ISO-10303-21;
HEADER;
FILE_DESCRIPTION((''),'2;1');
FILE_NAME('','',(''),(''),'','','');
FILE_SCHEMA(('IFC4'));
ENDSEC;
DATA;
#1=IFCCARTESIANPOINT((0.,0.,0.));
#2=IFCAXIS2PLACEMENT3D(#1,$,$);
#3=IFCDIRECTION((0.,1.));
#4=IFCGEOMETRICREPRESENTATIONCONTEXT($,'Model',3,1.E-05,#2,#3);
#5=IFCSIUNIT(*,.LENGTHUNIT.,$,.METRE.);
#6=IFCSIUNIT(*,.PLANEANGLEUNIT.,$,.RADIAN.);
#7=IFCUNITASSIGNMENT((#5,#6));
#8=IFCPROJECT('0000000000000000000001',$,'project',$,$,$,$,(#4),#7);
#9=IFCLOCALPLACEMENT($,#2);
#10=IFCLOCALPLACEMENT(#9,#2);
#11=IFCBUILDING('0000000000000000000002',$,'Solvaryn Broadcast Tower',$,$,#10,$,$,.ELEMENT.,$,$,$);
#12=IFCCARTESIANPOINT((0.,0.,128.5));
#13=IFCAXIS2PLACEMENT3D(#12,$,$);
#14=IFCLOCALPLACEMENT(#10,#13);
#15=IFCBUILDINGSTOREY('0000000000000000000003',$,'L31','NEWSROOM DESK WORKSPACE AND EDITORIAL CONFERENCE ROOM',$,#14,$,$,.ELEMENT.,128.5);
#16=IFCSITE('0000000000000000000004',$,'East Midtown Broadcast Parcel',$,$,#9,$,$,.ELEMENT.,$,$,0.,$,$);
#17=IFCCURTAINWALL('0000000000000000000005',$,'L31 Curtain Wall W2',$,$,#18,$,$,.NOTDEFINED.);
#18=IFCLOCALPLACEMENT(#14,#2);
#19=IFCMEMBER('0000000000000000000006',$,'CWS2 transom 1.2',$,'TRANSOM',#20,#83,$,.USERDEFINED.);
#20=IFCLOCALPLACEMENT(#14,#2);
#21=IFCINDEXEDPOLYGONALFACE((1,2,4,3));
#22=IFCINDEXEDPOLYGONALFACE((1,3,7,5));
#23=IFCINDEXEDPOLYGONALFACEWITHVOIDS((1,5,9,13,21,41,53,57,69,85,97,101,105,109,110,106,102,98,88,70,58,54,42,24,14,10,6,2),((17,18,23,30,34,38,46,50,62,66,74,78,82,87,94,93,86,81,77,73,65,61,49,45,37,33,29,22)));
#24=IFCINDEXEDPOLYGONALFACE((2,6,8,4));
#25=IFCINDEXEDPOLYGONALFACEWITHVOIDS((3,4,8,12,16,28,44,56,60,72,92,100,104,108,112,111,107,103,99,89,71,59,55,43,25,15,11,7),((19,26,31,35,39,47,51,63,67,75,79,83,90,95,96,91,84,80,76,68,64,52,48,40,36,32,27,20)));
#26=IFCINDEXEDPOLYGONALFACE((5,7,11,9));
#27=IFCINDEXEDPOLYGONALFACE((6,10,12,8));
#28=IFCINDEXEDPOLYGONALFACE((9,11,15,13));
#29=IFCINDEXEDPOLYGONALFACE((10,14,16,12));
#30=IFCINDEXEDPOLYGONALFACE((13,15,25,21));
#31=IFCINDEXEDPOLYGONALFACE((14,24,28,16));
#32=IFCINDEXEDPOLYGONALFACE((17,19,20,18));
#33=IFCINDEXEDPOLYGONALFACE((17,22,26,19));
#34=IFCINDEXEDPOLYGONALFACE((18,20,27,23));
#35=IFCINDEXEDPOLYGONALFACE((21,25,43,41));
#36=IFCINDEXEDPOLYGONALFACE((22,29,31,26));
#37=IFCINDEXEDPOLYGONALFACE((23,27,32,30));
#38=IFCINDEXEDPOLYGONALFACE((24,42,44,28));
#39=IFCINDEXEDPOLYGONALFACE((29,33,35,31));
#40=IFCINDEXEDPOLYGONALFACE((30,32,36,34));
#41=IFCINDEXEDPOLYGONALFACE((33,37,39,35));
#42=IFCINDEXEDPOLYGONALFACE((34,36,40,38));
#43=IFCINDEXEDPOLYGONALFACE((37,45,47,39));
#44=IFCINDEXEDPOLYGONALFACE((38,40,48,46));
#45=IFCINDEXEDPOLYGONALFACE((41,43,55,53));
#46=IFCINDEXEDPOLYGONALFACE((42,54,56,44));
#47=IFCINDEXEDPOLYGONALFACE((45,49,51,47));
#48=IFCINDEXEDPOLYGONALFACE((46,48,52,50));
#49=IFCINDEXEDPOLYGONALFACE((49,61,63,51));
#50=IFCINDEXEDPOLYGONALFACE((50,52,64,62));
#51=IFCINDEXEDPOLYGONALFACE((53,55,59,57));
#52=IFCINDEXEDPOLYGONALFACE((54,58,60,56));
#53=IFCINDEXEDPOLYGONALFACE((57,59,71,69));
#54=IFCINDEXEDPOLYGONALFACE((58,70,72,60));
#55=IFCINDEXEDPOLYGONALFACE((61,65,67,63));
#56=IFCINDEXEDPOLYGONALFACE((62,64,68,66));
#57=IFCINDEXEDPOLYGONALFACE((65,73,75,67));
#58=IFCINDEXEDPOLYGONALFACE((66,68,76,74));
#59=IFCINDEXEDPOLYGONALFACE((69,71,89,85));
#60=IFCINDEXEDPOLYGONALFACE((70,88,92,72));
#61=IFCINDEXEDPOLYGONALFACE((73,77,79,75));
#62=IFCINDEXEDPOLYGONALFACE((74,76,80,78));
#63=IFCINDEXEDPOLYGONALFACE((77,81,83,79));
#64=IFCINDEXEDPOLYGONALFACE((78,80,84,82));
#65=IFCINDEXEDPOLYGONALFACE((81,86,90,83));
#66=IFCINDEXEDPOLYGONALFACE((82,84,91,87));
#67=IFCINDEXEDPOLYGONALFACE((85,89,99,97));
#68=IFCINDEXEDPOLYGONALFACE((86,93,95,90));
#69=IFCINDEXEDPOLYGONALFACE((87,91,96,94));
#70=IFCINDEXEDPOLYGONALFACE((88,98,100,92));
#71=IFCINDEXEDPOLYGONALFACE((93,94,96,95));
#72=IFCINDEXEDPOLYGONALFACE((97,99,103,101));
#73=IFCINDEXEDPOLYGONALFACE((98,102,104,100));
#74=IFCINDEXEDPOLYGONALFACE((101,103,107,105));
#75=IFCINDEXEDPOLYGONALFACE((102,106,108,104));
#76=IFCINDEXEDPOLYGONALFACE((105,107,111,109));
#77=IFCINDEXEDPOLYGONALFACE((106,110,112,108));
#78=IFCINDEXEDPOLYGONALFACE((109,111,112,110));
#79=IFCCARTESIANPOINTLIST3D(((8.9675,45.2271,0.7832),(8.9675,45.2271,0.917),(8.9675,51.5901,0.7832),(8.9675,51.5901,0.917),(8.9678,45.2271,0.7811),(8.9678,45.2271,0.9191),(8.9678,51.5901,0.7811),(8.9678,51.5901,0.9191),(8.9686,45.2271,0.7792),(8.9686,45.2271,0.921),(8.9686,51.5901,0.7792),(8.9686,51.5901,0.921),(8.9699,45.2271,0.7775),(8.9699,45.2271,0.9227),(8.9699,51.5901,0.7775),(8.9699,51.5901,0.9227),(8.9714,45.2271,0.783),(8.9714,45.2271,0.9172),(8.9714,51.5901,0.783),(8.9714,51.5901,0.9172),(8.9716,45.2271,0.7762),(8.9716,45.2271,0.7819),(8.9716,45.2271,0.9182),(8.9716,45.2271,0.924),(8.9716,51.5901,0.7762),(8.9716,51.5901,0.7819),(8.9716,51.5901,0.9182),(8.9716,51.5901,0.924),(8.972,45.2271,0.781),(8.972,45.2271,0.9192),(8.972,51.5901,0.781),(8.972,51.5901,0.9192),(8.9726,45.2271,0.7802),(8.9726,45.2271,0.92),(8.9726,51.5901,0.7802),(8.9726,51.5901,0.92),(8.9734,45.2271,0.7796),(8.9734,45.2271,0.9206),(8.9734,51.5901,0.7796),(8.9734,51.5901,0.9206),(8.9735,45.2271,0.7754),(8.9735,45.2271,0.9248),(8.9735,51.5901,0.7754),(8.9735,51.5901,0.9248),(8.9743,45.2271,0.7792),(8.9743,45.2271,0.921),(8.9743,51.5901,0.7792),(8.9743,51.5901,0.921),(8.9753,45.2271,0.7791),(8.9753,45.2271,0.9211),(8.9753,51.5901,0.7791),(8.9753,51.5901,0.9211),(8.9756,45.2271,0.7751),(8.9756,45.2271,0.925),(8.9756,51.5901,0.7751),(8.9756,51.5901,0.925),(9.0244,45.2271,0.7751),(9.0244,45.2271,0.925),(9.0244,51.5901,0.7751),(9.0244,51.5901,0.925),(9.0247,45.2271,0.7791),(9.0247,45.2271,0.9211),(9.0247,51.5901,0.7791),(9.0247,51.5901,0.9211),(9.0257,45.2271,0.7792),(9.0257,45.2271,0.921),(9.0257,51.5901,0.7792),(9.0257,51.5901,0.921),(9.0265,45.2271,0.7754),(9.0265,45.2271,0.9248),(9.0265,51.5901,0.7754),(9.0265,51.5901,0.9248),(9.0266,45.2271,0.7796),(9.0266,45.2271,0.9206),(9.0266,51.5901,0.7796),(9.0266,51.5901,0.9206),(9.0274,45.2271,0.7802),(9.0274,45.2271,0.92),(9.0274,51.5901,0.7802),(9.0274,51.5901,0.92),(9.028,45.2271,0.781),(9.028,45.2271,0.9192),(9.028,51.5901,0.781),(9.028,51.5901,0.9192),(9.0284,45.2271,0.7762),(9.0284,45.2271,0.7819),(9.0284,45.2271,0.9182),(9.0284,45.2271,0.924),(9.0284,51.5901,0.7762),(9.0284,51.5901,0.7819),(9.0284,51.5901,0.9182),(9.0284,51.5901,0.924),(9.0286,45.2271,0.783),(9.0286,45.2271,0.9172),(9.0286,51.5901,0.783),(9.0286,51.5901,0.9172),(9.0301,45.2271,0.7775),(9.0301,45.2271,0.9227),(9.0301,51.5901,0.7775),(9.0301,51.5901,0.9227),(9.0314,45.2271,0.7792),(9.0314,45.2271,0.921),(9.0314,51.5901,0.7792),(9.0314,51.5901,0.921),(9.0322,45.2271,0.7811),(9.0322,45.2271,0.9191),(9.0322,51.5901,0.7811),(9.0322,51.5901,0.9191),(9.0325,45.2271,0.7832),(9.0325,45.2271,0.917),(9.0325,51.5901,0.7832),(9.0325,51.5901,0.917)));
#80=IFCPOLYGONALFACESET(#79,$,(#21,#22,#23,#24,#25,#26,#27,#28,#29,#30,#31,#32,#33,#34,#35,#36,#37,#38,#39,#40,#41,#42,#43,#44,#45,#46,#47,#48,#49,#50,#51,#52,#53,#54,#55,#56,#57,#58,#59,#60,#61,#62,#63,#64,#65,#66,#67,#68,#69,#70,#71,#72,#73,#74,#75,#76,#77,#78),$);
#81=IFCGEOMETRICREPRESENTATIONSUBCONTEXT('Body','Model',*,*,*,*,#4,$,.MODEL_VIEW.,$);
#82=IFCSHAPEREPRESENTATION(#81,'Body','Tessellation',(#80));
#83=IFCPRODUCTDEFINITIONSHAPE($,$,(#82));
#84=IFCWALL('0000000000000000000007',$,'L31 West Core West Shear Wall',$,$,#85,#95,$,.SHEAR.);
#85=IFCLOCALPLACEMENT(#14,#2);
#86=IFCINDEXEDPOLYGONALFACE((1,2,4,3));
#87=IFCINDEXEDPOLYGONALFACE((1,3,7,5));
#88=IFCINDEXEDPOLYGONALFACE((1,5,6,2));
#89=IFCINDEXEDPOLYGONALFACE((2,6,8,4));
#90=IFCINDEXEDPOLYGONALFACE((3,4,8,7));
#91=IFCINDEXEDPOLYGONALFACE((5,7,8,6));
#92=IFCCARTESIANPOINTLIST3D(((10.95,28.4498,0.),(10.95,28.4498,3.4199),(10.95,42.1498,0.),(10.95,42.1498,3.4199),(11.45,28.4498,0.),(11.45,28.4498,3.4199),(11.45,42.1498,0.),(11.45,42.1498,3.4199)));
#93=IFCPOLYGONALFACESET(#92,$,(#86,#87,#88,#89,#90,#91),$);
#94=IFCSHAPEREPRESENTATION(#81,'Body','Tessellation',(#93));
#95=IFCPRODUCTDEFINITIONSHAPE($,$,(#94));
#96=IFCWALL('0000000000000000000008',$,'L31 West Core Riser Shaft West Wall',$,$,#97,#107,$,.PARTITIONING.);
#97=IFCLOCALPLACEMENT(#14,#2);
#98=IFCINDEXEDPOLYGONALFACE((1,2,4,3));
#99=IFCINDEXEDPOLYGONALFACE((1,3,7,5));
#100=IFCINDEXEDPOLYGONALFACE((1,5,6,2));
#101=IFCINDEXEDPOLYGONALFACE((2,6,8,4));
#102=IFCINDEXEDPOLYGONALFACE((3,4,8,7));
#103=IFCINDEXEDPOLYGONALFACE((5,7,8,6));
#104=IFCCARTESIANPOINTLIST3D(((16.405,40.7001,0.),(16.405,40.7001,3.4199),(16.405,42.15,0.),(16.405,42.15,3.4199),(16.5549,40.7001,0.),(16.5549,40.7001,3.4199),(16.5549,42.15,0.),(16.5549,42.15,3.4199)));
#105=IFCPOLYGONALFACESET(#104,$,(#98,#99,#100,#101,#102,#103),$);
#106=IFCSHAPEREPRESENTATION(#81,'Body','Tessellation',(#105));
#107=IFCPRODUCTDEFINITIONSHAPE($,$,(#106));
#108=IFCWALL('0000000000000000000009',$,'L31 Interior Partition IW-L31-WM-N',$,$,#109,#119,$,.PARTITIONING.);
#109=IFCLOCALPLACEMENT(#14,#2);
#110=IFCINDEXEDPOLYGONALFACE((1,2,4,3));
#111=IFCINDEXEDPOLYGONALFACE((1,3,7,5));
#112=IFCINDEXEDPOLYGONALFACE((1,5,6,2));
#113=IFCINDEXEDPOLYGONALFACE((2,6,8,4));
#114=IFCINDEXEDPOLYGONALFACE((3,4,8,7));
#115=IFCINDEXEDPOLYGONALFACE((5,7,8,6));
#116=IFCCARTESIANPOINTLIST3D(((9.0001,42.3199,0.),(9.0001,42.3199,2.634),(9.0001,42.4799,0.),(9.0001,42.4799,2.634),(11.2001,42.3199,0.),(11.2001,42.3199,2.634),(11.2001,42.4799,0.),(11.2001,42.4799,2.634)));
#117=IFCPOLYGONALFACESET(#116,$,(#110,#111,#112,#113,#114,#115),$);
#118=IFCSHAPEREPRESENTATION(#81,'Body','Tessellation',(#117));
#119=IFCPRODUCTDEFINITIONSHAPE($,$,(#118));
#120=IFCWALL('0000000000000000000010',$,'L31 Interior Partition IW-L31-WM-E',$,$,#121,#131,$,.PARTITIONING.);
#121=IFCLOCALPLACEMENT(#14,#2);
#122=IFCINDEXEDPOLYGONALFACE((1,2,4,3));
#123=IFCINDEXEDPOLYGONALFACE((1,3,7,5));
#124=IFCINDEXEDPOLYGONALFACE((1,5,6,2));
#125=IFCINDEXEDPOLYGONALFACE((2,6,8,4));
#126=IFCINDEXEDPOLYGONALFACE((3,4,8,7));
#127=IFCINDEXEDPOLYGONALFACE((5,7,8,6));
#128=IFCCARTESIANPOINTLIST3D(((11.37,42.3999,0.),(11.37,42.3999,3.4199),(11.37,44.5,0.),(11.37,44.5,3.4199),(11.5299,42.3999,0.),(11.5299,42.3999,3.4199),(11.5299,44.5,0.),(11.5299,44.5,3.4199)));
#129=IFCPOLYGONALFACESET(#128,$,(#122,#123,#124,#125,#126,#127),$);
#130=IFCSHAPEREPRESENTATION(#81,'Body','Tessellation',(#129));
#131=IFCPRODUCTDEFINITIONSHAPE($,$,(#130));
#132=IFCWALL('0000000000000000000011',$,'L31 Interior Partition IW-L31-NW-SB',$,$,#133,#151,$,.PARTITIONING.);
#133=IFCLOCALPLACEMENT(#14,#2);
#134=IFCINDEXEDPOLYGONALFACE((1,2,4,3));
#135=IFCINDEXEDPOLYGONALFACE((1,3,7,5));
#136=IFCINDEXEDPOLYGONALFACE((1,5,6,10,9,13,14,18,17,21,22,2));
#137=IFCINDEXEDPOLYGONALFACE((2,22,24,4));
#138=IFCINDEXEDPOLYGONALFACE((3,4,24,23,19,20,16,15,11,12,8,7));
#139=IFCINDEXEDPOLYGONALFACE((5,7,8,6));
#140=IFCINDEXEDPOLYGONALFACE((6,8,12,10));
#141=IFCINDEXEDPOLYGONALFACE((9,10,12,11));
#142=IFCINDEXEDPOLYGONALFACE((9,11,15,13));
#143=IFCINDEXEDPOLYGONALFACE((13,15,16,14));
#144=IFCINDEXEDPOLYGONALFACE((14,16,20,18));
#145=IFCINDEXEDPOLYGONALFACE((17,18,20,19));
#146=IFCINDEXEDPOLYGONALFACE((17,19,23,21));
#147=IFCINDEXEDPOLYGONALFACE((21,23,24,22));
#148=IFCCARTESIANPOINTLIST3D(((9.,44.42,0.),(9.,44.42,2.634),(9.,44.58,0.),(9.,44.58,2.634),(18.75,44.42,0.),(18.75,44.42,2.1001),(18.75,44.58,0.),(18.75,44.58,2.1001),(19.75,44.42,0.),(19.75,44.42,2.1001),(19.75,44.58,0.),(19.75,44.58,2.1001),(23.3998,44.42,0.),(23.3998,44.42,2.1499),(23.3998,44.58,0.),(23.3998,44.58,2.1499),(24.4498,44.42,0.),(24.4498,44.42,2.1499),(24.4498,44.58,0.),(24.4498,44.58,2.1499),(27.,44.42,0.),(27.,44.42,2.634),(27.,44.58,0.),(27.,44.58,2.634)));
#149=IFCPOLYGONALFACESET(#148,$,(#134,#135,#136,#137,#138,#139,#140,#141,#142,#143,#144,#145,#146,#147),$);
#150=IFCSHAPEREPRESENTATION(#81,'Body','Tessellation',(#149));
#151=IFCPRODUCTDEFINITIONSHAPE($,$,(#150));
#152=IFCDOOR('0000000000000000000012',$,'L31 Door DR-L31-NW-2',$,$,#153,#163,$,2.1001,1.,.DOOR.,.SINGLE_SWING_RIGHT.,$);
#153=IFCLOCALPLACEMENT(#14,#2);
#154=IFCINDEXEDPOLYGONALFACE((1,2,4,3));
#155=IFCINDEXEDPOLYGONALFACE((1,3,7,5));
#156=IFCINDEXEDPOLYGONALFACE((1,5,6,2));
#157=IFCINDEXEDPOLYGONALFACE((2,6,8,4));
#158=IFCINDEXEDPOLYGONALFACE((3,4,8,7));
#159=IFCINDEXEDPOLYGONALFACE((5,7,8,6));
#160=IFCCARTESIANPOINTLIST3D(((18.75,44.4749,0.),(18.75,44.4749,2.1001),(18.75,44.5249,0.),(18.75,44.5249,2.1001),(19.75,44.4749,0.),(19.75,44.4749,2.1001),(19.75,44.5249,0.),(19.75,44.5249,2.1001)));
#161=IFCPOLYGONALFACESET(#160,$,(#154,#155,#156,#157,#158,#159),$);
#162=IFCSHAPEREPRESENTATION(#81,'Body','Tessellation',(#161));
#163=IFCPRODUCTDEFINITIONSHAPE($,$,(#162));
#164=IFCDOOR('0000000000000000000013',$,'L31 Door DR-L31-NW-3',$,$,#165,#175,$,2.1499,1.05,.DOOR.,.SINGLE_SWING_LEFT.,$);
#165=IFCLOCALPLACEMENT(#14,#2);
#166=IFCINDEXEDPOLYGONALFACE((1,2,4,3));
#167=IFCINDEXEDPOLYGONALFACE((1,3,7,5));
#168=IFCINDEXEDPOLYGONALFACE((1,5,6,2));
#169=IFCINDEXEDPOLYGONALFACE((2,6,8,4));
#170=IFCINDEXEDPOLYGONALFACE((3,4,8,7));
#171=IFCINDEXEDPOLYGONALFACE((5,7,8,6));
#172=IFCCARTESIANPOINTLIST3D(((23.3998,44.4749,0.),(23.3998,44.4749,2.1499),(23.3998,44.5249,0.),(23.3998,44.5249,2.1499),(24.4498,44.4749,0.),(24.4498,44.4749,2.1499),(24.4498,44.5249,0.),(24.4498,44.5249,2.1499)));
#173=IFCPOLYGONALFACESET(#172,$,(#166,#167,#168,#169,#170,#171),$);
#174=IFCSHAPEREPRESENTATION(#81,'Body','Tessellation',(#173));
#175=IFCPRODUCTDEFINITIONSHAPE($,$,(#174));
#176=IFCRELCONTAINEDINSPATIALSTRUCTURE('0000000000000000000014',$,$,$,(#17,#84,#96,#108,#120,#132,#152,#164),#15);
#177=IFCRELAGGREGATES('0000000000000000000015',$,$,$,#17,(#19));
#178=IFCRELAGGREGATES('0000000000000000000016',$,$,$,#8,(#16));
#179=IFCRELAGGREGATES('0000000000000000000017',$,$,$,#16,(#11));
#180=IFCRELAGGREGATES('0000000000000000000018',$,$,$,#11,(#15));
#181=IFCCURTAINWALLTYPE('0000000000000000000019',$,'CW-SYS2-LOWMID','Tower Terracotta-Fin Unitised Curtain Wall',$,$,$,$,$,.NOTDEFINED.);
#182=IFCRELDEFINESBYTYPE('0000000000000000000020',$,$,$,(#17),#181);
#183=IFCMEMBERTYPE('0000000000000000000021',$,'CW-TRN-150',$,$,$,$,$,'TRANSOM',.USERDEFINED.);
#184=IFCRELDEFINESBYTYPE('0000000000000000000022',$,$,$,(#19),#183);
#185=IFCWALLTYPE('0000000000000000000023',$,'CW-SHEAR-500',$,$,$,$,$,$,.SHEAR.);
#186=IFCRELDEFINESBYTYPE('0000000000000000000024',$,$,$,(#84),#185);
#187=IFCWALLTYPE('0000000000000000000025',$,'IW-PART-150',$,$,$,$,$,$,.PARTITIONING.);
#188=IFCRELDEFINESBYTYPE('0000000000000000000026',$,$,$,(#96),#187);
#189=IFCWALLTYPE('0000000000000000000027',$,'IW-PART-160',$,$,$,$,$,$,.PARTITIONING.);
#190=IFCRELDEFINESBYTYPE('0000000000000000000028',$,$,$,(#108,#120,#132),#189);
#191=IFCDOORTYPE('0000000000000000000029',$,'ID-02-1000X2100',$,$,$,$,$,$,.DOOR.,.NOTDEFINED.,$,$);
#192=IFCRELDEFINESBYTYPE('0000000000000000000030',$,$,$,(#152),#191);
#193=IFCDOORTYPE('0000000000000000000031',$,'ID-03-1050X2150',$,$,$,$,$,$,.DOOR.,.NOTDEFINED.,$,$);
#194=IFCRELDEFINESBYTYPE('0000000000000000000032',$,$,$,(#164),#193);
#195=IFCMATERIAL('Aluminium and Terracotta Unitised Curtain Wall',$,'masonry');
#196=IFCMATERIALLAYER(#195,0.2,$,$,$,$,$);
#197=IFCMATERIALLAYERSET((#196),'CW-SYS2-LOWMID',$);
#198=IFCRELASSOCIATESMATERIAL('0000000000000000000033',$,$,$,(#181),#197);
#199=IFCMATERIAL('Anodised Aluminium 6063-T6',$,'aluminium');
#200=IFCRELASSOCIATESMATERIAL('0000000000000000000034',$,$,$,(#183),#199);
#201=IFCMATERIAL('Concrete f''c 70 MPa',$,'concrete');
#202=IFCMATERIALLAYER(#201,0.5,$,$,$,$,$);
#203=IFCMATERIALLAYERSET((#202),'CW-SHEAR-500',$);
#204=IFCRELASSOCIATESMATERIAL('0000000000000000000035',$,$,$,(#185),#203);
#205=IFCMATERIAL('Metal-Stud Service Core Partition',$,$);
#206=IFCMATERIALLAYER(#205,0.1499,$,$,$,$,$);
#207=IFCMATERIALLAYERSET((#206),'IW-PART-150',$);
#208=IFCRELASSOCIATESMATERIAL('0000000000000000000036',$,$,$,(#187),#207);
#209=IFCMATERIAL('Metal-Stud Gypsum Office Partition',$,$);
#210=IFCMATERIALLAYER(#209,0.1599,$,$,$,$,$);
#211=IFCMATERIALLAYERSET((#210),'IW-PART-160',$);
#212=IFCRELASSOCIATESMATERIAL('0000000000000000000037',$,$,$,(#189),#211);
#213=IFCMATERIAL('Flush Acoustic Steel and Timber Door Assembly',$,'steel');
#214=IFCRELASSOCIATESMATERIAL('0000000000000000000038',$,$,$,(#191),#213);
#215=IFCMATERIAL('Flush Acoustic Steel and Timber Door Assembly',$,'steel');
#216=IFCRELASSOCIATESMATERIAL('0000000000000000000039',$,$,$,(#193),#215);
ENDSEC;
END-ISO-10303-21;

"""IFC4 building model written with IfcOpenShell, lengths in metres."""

from ifc_helpers import new_model, si_unit, direction, frame, frame_2d, origin, origin_2d, place, context, subcontext, project, spatial, rectangle, hollow_rectangle, extrude, material, layer, layer_set, material_profile, profile_set, type_object, element, fill, aggregate, save


model = new_model("IFC4")

# Units and contexts
model_context = context("Model", 3, precision=1e-05, world=origin(), true_north=direction((0.0, 1.0)))
body_context = subcontext(model_context, "Body", "Model", "MODEL_VIEW")
ifc_project = project(units=[si_unit("LENGTHUNIT", "METRE"), si_unit("PLANEANGLEUNIT", "RADIAN")], contexts=[model_context])

# Site, building, storey
site_placement = place(None, origin())
site = spatial("IfcSite", under=ifc_project, at=site_placement, Name="East Midtown Broadcast Parcel", CompositionType="ELEMENT", RefElevation=0.0)
building_placement = place(site_placement, origin())
building = spatial("IfcBuilding", under=site, at=building_placement, Name="Solvaryn Broadcast Tower", CompositionType="ELEMENT")
storey_placement = place(building_placement, frame((0.0, 0.0, 128.5)))
storey = spatial("IfcBuildingStorey", under=building, at=storey_placement, Name="L31", Description="NEWSROOM DESK WORKSPACE AND EDITORIAL CONFERENCE ROOM", CompositionType="ELEMENT", Elevation=128.5)

# Curtain wall
ifc_material_1 = material(Name="Aluminium and Terracotta Unitised Curtain Wall", Category="masonry")
ifc_layer_1 = layer(ifc_material_1, 0.2)
ifc_layer_set_1 = layer_set([ifc_layer_1], Name="CW-SYS2-LOWMID")
curtain_wall_type = type_object("IfcCurtainWallType", Name="CW-SYS2-LOWMID", Description="Tower Terracotta-Fin Unitised Curtain Wall", PredefinedType="NOTDEFINED", material=ifc_layer_set_1)
curtain_wall_1_placement = place(storey_placement, origin())
curtain_wall_1 = element("IfcCurtainWall", 1, at=curtain_wall_1_placement, inside=storey, type_object=curtain_wall_type, Name="L31 Curtain Wall W2", PredefinedType="NOTDEFINED")

# Member
ifc_material_2 = material(Name="Anodised Aluminium 6063-T6", Category="aluminium")
ifc_material_profile_1 = material_profile(ifc_material_2, hollow_rectangle(XDim=0.0649, YDim=0.1499, WallThickness=0.0039, InnerFilletRadius=0.0039, OuterFilletRadius=0.0081, at=origin_2d()))
ifc_profile_set_1 = profile_set([ifc_material_profile_1], Name="Anodised Aluminium 6063-T6")
member_type_1 = type_object("IfcMemberType", Name="CW-TRN-150", ElementType="TRANSOM", PredefinedType="USERDEFINED", material=ifc_profile_set_1)
member_1_placement = place(storey_placement, frame((9.0, 45.2271, 0.8501), z_axis=(0.0, 1.0, 0.0), x_axis=(-1.0, 0.0, 0.0)))
member_1 = element("IfcMember", 2, at=member_1_placement, type_object=member_type_1, Name="CWS2 transom 1.2", ObjectType="TRANSOM", PredefinedType="USERDEFINED", context=body_context, shape_type="SweptSolid", body=[
    extrude(hollow_rectangle(XDim=0.0649, YDim=0.1499, WallThickness=0.0039, InnerFilletRadius=0.0039, OuterFilletRadius=0.0081, at=origin_2d()), origin(), (0.0, 0.0, 1.0), 6.363),
])
aggregate(curtain_wall_1, [member_1])

# Walls
ifc_material_3 = material(Name="Concrete f'c 70 MPa", Category="concrete")
ifc_layer_2 = layer(ifc_material_3, 0.5)
ifc_layer_set_2 = layer_set([ifc_layer_2], Name="CW-SHEAR-500")
wall_type_1 = type_object("IfcWallType", Name="CW-SHEAR-500", PredefinedType="SHEAR", material=ifc_layer_set_2)
wall_1_placement = place(storey_placement, frame((11.2, 42.1499, 0.0), z_axis=(0.0, 0.0, 1.0), x_axis=(0.0, -1.0, 0.0)))
element("IfcWall", 3, at=wall_1_placement, inside=storey, type_object=wall_type_1, Name="L31 West Core West Shear Wall", PredefinedType="SHEAR", context=body_context, shape_type="SweptSolid", body=[
    extrude(rectangle(XDim=13.7, YDim=0.5, at=frame_2d((6.8501, 0.0))), origin(), (0.0, 0.0, 1.0), 3.4199),
])
ifc_material_4 = material(Name="Metal-Stud Service Core Partition")
ifc_layer_3 = layer(ifc_material_4, 0.1499)
ifc_layer_set_3 = layer_set([ifc_layer_3], Name="IW-PART-150")
wall_type_2 = type_object("IfcWallType", Name="IW-PART-150", PredefinedType="PARTITIONING", material=ifc_layer_set_3)
wall_2_placement = place(storey_placement, frame((16.48, 40.7, 0.0), z_axis=(0.0, 0.0, 1.0), x_axis=(0.0, 1.0, 0.0)))
element("IfcWall", 4, at=wall_2_placement, inside=storey, type_object=wall_type_2, Name="L31 West Core Riser Shaft West Wall", PredefinedType="PARTITIONING", context=body_context, shape_type="SweptSolid", body=[
    extrude(rectangle(XDim=1.45, YDim=0.1499, at=frame_2d((0.7251, 0.0))), origin(), (0.0, 0.0, 1.0), 3.4199),
])
ifc_material_5 = material(Name="Metal-Stud Gypsum Office Partition")
ifc_layer_4 = layer(ifc_material_5, 0.1599)
ifc_layer_set_4 = layer_set([ifc_layer_4], Name="IW-PART-160")
wall_type_3 = type_object("IfcWallType", Name="IW-PART-160", PredefinedType="PARTITIONING", material=ifc_layer_set_4)
wall_3_placement = place(storey_placement, frame((9.0, 42.3999, 0.0), z_axis=(0.0, 0.0, 1.0), x_axis=(1.0, 0.0, 0.0)))
element("IfcWall", 5, at=wall_3_placement, inside=storey, type_object=wall_type_3, Name="L31 Interior Partition IW-L31-WM-N", PredefinedType="PARTITIONING", context=body_context, shape_type="SweptSolid", body=[
    extrude(rectangle(XDim=2.2, YDim=0.1599, at=frame_2d((1.1001, 0.0))), origin(), (0.0, 0.0, 1.0), 2.634),
])
wall_4_placement = place(storey_placement, frame((11.45, 42.3999, 0.0), z_axis=(0.0, 0.0, 1.0), x_axis=(0.0, 1.0, 0.0)))
element("IfcWall", 6, at=wall_4_placement, inside=storey, type_object=wall_type_3, Name="L31 Interior Partition IW-L31-WM-E", PredefinedType="PARTITIONING", context=body_context, shape_type="SweptSolid", body=[
    extrude(rectangle(XDim=2.1001, YDim=0.1599, at=frame_2d((1.05, 0.0))), origin(), (0.0, 0.0, 1.0), 3.4199),
])

# Wall, openings, doors
wall_5_placement = place(storey_placement, frame((9.0, 44.5, 0.0), z_axis=(0.0, 0.0, 1.0), x_axis=(1.0, 0.0, 0.0)))
wall_5 = element("IfcWall", 7, at=wall_5_placement, inside=storey, type_object=wall_type_3, Name="L31 Interior Partition IW-L31-NW-SB", PredefinedType="PARTITIONING", context=body_context, shape_type="SweptSolid", body=[
    extrude(rectangle(XDim=18.0, YDim=0.1599, at=frame_2d((9.0, 0.0))), origin(), (0.0, 0.0, 1.0), 2.634),
])
opening_1_placement = place(wall_5_placement, frame((9.75, 0.0, 0.0)))
opening_1 = element("IfcOpeningElement", 8, at=opening_1_placement, cuts=wall_5, PredefinedType="OPENING", context=body_context, shape_type="SweptSolid", body=[
    extrude(rectangle(XDim=1.0, YDim=2.1001, at=frame_2d((0.5, 1.05))), frame((0.0, 0.0901, 0.0), z_axis=(0.0, -1.0, 0.0), x_axis=(1.0, 0.0, 0.0)), (0.0, 0.0, 1.0), 0.1799),
])
opening_2_placement = place(wall_5_placement, frame((14.3999, 0.0, 0.0)))
opening_2 = element("IfcOpeningElement", 9, at=opening_2_placement, cuts=wall_5, PredefinedType="OPENING", context=body_context, shape_type="SweptSolid", body=[
    extrude(rectangle(XDim=1.05, YDim=2.1499, at=frame_2d((0.5249, 1.075))), frame((0.0, 0.0901, 0.0), z_axis=(0.0, -1.0, 0.0), x_axis=(1.0, 0.0, 0.0)), (0.0, 0.0, 1.0), 0.1799),
])
ifc_material_6 = material(Name="Flush Acoustic Steel and Timber Door Assembly", Category="steel")
door_type_1 = type_object("IfcDoorType", Name="ID-02-1000X2100", OperationType="NOTDEFINED", PredefinedType="DOOR", material=ifc_material_6)
door_1_placement = place(opening_1_placement, origin())
door_1 = element("IfcDoor", 10, at=door_1_placement, inside=storey, type_object=door_type_1, Name="L31 Door DR-L31-NW-2", OperationType="SINGLE_SWING_RIGHT", OverallHeight=2.1001, OverallWidth=1.0, PredefinedType="DOOR", context=body_context, shape_type="SweptSolid", body=[
    extrude(rectangle(XDim=1.0, YDim=2.1001, at=frame_2d((0.5, 1.05))), frame((0.0, 0.0249, 0.0), z_axis=(0.0, -1.0, 0.0), x_axis=(1.0, 0.0, 0.0)), (0.0, 0.0, 1.0), 0.05),
])
fill(opening_1, door_1)
ifc_material_7 = material(Name="Flush Acoustic Steel and Timber Door Assembly", Category="steel")
door_type_2 = type_object("IfcDoorType", Name="ID-03-1050X2150", OperationType="NOTDEFINED", PredefinedType="DOOR", material=ifc_material_7)
door_2_placement = place(opening_2_placement, origin())
door_2 = element("IfcDoor", 11, at=door_2_placement, inside=storey, type_object=door_type_2, Name="L31 Door DR-L31-NW-3", OperationType="SINGLE_SWING_LEFT", OverallHeight=2.1499, OverallWidth=1.05, PredefinedType="DOOR", context=body_context, shape_type="SweptSolid", body=[
    extrude(rectangle(XDim=1.05, YDim=2.1499, at=frame_2d((0.5249, 1.075))), frame((0.0, 0.0249, 0.0), z_axis=(0.0, -1.0, 0.0), x_axis=(1.0, 0.0, 0.0)), (0.0, 0.0, 1.0), 0.05),
])
fill(opening_2, door_2)

save(model, "model.ifc")
